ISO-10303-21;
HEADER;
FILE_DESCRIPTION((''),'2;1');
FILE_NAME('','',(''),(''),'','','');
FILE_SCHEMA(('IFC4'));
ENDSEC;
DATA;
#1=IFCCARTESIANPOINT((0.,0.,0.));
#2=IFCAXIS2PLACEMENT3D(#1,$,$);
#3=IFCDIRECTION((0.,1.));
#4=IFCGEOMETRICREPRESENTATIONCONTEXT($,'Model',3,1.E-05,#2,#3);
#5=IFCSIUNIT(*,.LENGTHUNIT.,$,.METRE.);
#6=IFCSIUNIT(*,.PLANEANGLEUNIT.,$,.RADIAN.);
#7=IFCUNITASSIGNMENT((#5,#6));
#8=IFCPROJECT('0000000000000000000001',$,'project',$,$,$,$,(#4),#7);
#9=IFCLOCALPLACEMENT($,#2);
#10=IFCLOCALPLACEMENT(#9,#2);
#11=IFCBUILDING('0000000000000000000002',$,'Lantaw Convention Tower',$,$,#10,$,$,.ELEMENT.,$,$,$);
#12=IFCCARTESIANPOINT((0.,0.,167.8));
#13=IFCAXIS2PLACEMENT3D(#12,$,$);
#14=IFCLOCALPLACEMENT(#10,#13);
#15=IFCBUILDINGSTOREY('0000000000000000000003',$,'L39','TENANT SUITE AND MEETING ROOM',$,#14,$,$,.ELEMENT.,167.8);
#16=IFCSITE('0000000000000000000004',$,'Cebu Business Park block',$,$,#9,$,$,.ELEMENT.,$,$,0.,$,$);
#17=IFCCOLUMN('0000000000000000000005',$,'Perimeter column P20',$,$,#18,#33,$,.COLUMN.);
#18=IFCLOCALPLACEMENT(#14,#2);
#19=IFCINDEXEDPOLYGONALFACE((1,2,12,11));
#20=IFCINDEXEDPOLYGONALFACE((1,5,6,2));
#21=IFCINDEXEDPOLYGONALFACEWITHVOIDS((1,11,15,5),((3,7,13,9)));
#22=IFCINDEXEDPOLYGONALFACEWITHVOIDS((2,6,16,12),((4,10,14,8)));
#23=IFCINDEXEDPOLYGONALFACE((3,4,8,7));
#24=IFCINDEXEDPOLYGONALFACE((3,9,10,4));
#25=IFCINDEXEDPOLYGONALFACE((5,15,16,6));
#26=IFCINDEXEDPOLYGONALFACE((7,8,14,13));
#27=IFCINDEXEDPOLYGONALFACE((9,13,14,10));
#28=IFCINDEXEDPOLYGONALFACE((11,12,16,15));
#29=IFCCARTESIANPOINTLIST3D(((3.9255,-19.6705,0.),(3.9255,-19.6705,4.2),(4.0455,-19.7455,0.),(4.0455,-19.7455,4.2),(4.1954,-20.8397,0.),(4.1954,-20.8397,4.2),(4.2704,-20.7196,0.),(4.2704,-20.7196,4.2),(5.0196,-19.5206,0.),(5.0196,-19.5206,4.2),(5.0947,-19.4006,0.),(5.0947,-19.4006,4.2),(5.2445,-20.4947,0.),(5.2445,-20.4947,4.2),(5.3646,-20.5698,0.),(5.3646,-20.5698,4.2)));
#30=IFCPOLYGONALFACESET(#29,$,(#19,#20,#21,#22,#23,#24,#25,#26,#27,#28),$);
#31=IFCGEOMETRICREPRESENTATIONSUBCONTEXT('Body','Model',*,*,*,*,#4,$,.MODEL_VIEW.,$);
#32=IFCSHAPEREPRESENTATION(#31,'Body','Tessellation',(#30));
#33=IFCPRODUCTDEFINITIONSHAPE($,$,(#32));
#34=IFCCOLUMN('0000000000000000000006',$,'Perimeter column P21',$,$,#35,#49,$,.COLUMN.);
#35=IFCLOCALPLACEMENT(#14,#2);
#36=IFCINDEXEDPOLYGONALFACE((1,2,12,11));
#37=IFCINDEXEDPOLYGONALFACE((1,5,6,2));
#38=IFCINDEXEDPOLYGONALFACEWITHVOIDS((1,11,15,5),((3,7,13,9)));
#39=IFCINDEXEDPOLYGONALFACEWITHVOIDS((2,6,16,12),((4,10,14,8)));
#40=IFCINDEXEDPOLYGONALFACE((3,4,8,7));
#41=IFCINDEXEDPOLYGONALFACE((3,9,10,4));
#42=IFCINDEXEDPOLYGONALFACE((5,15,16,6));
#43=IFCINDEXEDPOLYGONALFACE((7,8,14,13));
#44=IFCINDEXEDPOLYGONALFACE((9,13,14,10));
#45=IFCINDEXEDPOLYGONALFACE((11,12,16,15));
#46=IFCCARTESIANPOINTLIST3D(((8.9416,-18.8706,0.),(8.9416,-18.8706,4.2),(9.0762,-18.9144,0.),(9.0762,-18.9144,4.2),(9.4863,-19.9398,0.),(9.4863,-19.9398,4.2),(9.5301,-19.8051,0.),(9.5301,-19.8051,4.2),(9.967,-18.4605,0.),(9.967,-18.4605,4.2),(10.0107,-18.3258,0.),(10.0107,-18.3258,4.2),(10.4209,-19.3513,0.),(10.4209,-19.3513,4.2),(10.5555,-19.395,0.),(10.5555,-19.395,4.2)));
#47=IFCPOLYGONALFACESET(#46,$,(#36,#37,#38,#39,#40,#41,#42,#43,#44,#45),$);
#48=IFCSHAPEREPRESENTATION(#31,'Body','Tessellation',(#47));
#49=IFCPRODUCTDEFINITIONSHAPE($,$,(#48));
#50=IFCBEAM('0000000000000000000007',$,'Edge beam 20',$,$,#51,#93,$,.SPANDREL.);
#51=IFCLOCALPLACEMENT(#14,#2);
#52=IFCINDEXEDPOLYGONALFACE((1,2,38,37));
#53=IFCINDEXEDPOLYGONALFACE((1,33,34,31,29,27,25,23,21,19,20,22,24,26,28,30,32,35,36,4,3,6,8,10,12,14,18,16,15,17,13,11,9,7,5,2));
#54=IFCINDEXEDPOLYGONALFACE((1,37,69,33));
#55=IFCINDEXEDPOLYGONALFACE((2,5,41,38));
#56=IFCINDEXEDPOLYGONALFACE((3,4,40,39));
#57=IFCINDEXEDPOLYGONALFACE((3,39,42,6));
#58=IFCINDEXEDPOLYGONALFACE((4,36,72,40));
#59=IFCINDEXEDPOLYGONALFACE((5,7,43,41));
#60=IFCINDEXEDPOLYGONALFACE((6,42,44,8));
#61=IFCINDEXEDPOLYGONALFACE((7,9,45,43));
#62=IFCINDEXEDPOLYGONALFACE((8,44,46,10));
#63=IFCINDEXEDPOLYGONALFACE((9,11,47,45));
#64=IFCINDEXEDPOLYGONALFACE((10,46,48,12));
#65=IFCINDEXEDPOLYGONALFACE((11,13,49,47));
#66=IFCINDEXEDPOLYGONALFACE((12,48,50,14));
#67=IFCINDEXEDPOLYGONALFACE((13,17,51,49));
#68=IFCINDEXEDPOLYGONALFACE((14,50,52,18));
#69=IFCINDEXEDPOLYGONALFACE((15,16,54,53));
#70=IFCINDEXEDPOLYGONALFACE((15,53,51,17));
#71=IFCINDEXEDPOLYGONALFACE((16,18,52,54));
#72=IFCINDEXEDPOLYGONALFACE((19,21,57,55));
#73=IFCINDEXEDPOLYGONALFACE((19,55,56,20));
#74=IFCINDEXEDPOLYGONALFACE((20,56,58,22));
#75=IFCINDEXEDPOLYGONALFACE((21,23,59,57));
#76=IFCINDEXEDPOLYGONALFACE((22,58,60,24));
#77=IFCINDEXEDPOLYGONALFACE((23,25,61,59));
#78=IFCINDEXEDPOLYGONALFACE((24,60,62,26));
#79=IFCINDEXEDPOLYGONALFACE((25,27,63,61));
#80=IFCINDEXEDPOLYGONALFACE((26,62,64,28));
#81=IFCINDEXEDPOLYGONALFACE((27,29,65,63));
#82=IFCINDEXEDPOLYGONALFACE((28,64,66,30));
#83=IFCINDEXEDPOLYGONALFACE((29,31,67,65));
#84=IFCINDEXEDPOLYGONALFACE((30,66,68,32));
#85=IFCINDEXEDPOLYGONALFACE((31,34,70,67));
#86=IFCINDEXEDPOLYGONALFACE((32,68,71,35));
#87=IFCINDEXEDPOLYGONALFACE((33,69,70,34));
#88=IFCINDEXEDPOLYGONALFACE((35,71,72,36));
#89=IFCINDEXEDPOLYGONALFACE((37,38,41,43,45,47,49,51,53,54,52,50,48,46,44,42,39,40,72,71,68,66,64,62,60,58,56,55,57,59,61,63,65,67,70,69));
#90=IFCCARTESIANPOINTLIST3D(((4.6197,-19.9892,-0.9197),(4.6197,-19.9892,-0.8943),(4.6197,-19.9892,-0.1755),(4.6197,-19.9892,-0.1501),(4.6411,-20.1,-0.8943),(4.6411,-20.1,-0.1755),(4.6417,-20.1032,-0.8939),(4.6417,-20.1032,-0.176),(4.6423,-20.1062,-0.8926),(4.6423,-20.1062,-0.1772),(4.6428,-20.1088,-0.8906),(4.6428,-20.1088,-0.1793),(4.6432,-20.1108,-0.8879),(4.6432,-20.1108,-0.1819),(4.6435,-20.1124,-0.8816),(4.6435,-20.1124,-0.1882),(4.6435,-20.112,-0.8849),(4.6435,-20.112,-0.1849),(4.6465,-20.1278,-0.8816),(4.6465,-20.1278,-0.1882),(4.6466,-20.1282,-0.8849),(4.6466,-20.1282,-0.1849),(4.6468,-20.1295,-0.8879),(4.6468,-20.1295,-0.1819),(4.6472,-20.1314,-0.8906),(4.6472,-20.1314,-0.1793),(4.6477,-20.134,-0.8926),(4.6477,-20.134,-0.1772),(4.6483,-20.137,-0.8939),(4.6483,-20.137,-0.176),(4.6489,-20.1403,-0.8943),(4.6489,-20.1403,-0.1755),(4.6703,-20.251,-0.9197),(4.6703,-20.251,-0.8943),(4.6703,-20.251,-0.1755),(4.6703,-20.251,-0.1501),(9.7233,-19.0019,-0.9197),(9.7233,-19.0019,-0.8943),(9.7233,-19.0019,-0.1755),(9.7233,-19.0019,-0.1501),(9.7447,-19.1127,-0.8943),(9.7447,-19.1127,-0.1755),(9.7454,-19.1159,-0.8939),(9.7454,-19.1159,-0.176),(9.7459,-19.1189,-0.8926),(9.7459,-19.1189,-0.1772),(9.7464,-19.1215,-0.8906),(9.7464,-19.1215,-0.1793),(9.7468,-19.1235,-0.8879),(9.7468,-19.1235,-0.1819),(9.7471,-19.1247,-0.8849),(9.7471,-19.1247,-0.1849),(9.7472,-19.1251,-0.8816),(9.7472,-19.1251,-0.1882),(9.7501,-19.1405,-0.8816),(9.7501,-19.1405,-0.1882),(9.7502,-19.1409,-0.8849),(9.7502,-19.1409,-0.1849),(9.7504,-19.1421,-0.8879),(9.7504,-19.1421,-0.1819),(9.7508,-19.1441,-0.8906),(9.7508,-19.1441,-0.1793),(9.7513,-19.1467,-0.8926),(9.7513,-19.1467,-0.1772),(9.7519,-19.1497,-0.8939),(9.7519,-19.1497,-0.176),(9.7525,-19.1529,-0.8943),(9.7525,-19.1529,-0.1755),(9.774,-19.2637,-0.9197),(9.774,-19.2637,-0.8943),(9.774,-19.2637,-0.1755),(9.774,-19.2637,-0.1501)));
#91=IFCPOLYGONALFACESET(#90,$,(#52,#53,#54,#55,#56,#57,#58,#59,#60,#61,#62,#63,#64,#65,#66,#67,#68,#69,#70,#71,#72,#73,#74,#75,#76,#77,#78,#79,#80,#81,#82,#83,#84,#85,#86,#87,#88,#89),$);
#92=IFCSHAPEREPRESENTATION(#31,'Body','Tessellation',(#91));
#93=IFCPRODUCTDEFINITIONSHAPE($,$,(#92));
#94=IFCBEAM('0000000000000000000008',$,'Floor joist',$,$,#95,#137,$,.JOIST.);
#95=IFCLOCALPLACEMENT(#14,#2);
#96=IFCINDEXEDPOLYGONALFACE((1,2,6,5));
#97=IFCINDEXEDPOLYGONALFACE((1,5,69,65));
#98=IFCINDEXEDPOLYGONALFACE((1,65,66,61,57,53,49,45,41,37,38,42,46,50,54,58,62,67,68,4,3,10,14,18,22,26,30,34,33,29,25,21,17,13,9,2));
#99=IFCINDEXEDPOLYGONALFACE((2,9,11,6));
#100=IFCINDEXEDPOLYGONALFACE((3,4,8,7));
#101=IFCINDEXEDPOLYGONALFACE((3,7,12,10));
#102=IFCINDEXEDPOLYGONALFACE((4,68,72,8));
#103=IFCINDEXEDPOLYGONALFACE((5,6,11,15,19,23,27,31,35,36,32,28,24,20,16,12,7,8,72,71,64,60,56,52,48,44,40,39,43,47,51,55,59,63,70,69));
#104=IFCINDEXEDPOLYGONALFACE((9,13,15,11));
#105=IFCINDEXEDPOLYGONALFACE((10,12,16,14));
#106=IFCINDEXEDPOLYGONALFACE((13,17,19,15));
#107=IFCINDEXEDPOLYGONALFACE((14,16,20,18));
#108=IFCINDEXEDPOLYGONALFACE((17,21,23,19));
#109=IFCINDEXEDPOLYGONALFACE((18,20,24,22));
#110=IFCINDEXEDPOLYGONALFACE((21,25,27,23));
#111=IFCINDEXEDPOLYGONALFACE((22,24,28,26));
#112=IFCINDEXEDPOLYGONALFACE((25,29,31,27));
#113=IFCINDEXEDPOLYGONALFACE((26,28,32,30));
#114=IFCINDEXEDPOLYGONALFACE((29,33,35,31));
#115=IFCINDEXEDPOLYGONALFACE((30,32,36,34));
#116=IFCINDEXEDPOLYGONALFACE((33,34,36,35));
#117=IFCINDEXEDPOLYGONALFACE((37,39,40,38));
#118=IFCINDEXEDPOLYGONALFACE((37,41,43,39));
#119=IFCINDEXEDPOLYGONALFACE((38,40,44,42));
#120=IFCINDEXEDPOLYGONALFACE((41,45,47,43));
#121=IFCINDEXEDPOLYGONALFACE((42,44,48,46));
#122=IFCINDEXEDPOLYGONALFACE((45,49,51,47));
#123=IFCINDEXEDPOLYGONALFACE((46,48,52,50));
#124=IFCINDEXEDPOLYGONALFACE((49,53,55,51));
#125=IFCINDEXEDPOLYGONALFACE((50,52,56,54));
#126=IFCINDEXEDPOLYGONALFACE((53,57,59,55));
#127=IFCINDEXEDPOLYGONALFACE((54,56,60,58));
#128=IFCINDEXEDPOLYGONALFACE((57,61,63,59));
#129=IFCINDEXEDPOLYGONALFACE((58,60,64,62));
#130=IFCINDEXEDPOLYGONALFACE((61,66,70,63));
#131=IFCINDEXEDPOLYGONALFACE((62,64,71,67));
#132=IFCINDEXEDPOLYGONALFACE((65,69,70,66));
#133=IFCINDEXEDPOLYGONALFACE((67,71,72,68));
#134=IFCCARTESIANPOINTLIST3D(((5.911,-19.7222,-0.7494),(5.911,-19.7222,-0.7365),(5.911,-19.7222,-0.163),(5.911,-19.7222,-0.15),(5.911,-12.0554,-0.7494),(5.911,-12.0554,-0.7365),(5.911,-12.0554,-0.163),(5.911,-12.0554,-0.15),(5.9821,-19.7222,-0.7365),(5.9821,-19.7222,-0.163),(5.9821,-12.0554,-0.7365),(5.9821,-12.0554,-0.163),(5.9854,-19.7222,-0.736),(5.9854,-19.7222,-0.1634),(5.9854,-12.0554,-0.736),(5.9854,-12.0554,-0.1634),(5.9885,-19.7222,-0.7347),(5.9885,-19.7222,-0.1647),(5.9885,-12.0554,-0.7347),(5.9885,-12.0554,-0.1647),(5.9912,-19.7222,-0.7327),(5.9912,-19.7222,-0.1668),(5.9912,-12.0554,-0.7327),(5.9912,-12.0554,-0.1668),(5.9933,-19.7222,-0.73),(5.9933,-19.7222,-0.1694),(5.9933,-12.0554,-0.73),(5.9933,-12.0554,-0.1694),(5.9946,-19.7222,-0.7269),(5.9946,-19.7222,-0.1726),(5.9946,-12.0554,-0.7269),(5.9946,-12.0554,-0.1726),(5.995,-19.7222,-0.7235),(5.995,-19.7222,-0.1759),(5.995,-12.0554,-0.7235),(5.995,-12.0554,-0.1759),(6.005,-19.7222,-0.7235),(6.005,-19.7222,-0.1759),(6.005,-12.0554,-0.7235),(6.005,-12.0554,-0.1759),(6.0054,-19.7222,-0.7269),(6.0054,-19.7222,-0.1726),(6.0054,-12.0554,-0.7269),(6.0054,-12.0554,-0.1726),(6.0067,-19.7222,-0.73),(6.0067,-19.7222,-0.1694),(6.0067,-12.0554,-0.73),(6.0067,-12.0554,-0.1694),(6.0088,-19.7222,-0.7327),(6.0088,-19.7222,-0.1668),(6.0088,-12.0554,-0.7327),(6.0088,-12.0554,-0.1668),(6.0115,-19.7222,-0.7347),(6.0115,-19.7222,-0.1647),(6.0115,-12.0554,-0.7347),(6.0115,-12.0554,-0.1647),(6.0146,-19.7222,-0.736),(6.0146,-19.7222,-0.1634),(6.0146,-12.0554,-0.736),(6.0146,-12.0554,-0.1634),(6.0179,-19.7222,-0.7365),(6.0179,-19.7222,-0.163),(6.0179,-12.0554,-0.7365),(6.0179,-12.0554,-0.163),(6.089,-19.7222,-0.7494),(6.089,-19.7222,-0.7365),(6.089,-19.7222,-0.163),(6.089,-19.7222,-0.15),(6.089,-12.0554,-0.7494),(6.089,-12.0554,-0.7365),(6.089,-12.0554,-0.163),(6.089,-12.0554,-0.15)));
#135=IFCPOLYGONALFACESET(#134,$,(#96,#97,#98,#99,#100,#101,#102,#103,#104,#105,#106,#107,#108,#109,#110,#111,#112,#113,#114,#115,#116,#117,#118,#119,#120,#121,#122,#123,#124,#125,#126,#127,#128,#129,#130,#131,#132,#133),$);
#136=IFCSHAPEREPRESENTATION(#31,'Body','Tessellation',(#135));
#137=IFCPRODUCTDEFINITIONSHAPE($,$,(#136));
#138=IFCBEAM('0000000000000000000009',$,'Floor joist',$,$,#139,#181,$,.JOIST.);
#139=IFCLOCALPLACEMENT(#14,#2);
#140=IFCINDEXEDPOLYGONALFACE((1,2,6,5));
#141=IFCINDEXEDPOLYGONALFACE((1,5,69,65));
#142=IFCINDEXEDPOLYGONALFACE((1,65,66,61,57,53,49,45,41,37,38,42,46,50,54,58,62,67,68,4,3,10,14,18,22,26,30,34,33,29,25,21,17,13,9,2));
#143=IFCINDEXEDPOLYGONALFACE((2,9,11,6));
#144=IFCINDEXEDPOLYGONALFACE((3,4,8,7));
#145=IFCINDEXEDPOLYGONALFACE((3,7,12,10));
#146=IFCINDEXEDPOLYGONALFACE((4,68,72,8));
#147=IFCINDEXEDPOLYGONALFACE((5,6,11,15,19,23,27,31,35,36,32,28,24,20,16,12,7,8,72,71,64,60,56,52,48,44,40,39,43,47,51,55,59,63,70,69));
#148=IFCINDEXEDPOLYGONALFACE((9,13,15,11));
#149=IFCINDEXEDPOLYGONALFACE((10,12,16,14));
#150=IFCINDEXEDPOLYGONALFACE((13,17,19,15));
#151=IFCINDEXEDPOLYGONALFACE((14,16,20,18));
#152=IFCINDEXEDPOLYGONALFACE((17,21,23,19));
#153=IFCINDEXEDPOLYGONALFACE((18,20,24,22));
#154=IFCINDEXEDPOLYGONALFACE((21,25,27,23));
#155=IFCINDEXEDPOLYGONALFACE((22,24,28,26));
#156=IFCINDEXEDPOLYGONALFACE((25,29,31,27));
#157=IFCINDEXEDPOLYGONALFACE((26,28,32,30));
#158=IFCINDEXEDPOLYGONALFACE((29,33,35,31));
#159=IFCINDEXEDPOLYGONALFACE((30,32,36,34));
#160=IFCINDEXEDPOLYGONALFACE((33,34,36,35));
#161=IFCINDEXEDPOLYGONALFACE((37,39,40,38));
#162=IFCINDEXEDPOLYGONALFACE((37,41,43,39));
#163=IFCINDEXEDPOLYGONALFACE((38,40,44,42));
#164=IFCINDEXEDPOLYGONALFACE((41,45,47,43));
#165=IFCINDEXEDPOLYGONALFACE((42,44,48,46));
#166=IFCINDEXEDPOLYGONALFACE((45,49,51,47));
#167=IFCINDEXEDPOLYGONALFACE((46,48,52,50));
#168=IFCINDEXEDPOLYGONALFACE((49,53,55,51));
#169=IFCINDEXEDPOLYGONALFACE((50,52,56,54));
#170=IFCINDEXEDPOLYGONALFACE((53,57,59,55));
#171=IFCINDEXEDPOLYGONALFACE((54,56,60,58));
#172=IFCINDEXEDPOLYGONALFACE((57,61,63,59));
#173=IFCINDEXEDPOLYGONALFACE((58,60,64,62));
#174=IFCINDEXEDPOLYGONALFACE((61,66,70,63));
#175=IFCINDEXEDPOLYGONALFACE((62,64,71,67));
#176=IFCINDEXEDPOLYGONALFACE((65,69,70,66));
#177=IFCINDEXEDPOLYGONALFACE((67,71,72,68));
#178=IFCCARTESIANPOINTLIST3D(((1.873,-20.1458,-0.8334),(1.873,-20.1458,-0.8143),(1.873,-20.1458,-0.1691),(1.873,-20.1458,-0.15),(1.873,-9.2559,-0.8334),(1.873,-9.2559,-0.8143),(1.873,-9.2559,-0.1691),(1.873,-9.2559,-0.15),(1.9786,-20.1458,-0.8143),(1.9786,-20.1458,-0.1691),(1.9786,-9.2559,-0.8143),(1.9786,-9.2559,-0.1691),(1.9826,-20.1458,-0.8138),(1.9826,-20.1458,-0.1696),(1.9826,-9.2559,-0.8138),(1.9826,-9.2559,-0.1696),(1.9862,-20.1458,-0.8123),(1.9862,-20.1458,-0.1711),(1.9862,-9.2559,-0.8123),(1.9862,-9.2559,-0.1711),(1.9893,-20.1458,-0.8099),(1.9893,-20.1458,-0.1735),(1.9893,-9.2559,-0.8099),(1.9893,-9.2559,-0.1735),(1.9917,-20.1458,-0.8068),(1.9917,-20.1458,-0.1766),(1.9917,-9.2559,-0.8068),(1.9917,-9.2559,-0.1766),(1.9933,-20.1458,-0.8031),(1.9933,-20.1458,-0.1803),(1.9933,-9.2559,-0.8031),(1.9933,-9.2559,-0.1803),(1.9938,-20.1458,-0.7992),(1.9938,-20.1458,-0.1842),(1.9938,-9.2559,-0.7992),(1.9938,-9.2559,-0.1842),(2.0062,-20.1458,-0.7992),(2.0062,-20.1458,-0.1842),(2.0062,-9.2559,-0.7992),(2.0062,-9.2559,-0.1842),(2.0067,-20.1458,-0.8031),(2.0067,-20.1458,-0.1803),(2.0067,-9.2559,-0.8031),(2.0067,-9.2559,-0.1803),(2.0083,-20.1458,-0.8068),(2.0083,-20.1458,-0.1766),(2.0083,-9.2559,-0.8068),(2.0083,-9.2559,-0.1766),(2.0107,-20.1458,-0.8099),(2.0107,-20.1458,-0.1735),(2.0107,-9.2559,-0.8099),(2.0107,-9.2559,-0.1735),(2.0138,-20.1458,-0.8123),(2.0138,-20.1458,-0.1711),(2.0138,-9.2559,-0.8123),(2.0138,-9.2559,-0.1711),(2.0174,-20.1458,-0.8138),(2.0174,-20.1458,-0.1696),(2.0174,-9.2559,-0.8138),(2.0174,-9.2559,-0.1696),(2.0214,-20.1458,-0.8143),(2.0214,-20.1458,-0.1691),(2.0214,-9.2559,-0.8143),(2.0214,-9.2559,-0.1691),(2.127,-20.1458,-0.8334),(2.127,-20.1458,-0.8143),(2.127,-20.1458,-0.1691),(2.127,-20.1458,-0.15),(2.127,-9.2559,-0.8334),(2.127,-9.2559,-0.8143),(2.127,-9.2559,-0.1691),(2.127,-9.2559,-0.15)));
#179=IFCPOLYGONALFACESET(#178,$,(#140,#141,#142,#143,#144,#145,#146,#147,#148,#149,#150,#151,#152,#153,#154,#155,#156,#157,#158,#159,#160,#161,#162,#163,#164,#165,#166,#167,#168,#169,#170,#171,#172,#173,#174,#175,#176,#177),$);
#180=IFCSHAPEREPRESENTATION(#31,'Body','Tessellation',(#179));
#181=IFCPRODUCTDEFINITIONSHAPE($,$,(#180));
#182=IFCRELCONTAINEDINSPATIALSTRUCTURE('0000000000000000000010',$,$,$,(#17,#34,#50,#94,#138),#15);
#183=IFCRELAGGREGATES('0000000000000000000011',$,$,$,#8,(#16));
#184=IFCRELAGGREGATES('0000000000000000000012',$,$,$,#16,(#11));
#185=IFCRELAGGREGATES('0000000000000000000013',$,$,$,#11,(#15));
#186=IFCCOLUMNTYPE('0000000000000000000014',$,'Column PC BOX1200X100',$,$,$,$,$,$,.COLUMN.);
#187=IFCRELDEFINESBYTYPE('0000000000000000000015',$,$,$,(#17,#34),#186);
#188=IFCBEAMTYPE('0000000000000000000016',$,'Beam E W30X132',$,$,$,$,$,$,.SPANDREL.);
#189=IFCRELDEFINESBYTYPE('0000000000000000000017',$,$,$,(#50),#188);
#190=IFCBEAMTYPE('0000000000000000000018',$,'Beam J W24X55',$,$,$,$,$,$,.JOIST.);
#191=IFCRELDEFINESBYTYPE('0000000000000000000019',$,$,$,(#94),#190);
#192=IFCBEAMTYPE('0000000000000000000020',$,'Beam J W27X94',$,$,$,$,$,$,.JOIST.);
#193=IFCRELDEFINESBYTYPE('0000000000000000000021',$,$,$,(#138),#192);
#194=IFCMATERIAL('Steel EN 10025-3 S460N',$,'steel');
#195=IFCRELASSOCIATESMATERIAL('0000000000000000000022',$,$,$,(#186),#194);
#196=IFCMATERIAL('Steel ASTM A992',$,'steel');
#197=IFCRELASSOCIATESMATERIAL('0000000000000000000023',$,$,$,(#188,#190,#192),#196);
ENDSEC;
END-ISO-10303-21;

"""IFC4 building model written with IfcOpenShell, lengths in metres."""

from ifc_helpers import new_model, si_unit, direction, frame, origin, origin_2d, place, context, subcontext, project, spatial, rectangle, hollow_rectangle, i_section, extrude, material, material_profile, profile_set, type_object, element, save


model = new_model("IFC4")

# Units and contexts
model_context = context("Model", 3, precision=1e-05, world=origin(), true_north=direction((0.0, 1.0)))
body_context = subcontext(model_context, "Body", "Model", "MODEL_VIEW")
ifc_project = project(units=[si_unit("LENGTHUNIT", "METRE"), si_unit("PLANEANGLEUNIT", "RADIAN")], contexts=[model_context])

# Site, building, storey
site_placement = place(None, origin())
site = spatial("IfcSite", under=ifc_project, at=site_placement, Name="Cebu Business Park block", CompositionType="ELEMENT", RefElevation=0.0)
building_placement = place(site_placement, origin())
building = spatial("IfcBuilding", under=site, at=building_placement, Name="Lantaw Convention Tower", CompositionType="ELEMENT")
storey_placement = place(building_placement, frame((0.0, 0.0, 167.8)))
storey = spatial("IfcBuildingStorey", under=building, at=storey_placement, Name="L39", Description="TENANT SUITE AND MEETING ROOM", CompositionType="ELEMENT", Elevation=167.8)

# Columns
ifc_material_1 = material(Name="Steel EN 10025-3 S460N", Category="steel")
ifc_material_profile_1 = material_profile(ifc_material_1, hollow_rectangle(XDim=1.2, YDim=1.2, WallThickness=0.1001, at=origin_2d()), Name="BOX1200X100")
ifc_material_2 = material(Name="Concrete C60/75", Category="concrete")
ifc_material_profile_2 = material_profile(ifc_material_2, rectangle(XDim=1.0, YDim=1.0, at=origin_2d()), Name="Concrete fill of BOX1200X100")
ifc_profile_set_1 = profile_set([ifc_material_profile_1, ifc_material_profile_2], Name="Steel EN 10025-3 S460N")
column_type = type_object("IfcColumnType", Name="Column PC BOX1200X100", PredefinedType="COLUMN", material=ifc_profile_set_1)
for number, where, z_axis, x_axis, name in (
    (1, (4.645, -20.1201, 0.0), (0.0, 0.0, 1.0), (0.97437, 0.224951, 0.0), "Perimeter column P20"),
    (2, (9.7485, -19.1328, 0.0), (0.0, 0.0, 1.0), (0.891007, 0.45399, 0.0), "Perimeter column P21"),
):
    element("IfcColumn", number, at=place(storey_placement, frame(where, z_axis=z_axis, x_axis=x_axis)), inside=storey, type_object=column_type, Name=name, PredefinedType="COLUMN", context=body_context, shape_type="SweptSolid", body=[
        extrude(hollow_rectangle(XDim=1.2, YDim=1.2, WallThickness=0.1001, at=origin_2d()), origin(), (0.0, 0.0, 1.0), 4.2),
    ])

# Beams
ifc_material_3 = material(Name="Steel ASTM A992", Category="steel")
ifc_material_profile_3 = material_profile(ifc_material_3, i_section(OverallWidth=0.2666, OverallDepth=0.7695, WebThickness=0.0156, FlangeThickness=0.0254, FilletRadius=0.0127, at=origin_2d()), Name="W30X132")
ifc_profile_set_2 = profile_set([ifc_material_profile_3], Name="Steel ASTM A992")
beam_type_1 = type_object("IfcBeamType", Name="Beam E W30X132", PredefinedType="SPANDREL", material=ifc_profile_set_2)
beam_1_placement = place(storey_placement, frame((4.645, -20.1201, -0.5349), z_axis=(0.981797, 0.189934, 0.0), x_axis=(-0.189934, 0.981797, 0.0)))
element("IfcBeam", 3, at=beam_1_placement, inside=storey, type_object=beam_type_1, Name="Edge beam 20", PredefinedType="SPANDREL", context=body_context, shape_type="SweptSolid", body=[
    extrude(i_section(OverallWidth=0.2666, OverallDepth=0.7695, WebThickness=0.0156, FlangeThickness=0.0254, FilletRadius=0.0127, at=origin_2d()), origin(), (0.0, 0.0, 1.0), 5.1982),
])
ifc_material_profile_4 = material_profile(ifc_material_3, i_section(OverallWidth=0.178, OverallDepth=0.5994, WebThickness=0.01, FlangeThickness=0.0129, FilletRadius=0.0129, at=origin_2d()), Name="W24X55")
ifc_profile_set_3 = profile_set([ifc_material_profile_4], Name="Steel ASTM A992")
beam_type_2 = type_object("IfcBeamType", Name="Beam J W24X55", PredefinedType="JOIST", material=ifc_profile_set_3)
beam_2_placement = place(storey_placement, frame((6.0, -19.7222, -0.4497), z_axis=(0.0, 1.0, 0.0), x_axis=(-1.0, 0.0, 0.0)))
element("IfcBeam", 4, at=beam_2_placement, inside=storey, type_object=beam_type_2, Name="Floor joist", PredefinedType="JOIST", context=body_context, shape_type="SweptSolid", body=[
    extrude(i_section(OverallWidth=0.178, OverallDepth=0.5994, WebThickness=0.01, FlangeThickness=0.0129, FilletRadius=0.0129, at=origin_2d()), origin(), (0.0, 0.0, 1.0), 7.6667),
])
ifc_material_profile_5 = material_profile(ifc_material_3, i_section(OverallWidth=0.2539, OverallDepth=0.6833, WebThickness=0.0125, FlangeThickness=0.019, FilletRadius=0.0151, at=origin_2d()), Name="W27X94")
ifc_profile_set_4 = profile_set([ifc_material_profile_5], Name="Steel ASTM A992")
beam_type_3 = type_object("IfcBeamType", Name="Beam J W27X94", PredefinedType="JOIST", material=ifc_profile_set_4)
beam_3_placement = place(storey_placement, frame((2.0, -20.1458, -0.4917), z_axis=(0.0, 1.0, 0.0), x_axis=(-1.0, 0.0, 0.0)))
element("IfcBeam", 5, at=beam_3_placement, inside=storey, type_object=beam_type_3, Name="Floor joist", PredefinedType="JOIST", context=body_context, shape_type="SweptSolid", body=[
    extrude(i_section(OverallWidth=0.2539, OverallDepth=0.6833, WebThickness=0.0125, FlangeThickness=0.019, FilletRadius=0.0151, at=origin_2d()), origin(), (0.0, 0.0, 1.0), 10.8899),
])

save(model, "model.ifc")
